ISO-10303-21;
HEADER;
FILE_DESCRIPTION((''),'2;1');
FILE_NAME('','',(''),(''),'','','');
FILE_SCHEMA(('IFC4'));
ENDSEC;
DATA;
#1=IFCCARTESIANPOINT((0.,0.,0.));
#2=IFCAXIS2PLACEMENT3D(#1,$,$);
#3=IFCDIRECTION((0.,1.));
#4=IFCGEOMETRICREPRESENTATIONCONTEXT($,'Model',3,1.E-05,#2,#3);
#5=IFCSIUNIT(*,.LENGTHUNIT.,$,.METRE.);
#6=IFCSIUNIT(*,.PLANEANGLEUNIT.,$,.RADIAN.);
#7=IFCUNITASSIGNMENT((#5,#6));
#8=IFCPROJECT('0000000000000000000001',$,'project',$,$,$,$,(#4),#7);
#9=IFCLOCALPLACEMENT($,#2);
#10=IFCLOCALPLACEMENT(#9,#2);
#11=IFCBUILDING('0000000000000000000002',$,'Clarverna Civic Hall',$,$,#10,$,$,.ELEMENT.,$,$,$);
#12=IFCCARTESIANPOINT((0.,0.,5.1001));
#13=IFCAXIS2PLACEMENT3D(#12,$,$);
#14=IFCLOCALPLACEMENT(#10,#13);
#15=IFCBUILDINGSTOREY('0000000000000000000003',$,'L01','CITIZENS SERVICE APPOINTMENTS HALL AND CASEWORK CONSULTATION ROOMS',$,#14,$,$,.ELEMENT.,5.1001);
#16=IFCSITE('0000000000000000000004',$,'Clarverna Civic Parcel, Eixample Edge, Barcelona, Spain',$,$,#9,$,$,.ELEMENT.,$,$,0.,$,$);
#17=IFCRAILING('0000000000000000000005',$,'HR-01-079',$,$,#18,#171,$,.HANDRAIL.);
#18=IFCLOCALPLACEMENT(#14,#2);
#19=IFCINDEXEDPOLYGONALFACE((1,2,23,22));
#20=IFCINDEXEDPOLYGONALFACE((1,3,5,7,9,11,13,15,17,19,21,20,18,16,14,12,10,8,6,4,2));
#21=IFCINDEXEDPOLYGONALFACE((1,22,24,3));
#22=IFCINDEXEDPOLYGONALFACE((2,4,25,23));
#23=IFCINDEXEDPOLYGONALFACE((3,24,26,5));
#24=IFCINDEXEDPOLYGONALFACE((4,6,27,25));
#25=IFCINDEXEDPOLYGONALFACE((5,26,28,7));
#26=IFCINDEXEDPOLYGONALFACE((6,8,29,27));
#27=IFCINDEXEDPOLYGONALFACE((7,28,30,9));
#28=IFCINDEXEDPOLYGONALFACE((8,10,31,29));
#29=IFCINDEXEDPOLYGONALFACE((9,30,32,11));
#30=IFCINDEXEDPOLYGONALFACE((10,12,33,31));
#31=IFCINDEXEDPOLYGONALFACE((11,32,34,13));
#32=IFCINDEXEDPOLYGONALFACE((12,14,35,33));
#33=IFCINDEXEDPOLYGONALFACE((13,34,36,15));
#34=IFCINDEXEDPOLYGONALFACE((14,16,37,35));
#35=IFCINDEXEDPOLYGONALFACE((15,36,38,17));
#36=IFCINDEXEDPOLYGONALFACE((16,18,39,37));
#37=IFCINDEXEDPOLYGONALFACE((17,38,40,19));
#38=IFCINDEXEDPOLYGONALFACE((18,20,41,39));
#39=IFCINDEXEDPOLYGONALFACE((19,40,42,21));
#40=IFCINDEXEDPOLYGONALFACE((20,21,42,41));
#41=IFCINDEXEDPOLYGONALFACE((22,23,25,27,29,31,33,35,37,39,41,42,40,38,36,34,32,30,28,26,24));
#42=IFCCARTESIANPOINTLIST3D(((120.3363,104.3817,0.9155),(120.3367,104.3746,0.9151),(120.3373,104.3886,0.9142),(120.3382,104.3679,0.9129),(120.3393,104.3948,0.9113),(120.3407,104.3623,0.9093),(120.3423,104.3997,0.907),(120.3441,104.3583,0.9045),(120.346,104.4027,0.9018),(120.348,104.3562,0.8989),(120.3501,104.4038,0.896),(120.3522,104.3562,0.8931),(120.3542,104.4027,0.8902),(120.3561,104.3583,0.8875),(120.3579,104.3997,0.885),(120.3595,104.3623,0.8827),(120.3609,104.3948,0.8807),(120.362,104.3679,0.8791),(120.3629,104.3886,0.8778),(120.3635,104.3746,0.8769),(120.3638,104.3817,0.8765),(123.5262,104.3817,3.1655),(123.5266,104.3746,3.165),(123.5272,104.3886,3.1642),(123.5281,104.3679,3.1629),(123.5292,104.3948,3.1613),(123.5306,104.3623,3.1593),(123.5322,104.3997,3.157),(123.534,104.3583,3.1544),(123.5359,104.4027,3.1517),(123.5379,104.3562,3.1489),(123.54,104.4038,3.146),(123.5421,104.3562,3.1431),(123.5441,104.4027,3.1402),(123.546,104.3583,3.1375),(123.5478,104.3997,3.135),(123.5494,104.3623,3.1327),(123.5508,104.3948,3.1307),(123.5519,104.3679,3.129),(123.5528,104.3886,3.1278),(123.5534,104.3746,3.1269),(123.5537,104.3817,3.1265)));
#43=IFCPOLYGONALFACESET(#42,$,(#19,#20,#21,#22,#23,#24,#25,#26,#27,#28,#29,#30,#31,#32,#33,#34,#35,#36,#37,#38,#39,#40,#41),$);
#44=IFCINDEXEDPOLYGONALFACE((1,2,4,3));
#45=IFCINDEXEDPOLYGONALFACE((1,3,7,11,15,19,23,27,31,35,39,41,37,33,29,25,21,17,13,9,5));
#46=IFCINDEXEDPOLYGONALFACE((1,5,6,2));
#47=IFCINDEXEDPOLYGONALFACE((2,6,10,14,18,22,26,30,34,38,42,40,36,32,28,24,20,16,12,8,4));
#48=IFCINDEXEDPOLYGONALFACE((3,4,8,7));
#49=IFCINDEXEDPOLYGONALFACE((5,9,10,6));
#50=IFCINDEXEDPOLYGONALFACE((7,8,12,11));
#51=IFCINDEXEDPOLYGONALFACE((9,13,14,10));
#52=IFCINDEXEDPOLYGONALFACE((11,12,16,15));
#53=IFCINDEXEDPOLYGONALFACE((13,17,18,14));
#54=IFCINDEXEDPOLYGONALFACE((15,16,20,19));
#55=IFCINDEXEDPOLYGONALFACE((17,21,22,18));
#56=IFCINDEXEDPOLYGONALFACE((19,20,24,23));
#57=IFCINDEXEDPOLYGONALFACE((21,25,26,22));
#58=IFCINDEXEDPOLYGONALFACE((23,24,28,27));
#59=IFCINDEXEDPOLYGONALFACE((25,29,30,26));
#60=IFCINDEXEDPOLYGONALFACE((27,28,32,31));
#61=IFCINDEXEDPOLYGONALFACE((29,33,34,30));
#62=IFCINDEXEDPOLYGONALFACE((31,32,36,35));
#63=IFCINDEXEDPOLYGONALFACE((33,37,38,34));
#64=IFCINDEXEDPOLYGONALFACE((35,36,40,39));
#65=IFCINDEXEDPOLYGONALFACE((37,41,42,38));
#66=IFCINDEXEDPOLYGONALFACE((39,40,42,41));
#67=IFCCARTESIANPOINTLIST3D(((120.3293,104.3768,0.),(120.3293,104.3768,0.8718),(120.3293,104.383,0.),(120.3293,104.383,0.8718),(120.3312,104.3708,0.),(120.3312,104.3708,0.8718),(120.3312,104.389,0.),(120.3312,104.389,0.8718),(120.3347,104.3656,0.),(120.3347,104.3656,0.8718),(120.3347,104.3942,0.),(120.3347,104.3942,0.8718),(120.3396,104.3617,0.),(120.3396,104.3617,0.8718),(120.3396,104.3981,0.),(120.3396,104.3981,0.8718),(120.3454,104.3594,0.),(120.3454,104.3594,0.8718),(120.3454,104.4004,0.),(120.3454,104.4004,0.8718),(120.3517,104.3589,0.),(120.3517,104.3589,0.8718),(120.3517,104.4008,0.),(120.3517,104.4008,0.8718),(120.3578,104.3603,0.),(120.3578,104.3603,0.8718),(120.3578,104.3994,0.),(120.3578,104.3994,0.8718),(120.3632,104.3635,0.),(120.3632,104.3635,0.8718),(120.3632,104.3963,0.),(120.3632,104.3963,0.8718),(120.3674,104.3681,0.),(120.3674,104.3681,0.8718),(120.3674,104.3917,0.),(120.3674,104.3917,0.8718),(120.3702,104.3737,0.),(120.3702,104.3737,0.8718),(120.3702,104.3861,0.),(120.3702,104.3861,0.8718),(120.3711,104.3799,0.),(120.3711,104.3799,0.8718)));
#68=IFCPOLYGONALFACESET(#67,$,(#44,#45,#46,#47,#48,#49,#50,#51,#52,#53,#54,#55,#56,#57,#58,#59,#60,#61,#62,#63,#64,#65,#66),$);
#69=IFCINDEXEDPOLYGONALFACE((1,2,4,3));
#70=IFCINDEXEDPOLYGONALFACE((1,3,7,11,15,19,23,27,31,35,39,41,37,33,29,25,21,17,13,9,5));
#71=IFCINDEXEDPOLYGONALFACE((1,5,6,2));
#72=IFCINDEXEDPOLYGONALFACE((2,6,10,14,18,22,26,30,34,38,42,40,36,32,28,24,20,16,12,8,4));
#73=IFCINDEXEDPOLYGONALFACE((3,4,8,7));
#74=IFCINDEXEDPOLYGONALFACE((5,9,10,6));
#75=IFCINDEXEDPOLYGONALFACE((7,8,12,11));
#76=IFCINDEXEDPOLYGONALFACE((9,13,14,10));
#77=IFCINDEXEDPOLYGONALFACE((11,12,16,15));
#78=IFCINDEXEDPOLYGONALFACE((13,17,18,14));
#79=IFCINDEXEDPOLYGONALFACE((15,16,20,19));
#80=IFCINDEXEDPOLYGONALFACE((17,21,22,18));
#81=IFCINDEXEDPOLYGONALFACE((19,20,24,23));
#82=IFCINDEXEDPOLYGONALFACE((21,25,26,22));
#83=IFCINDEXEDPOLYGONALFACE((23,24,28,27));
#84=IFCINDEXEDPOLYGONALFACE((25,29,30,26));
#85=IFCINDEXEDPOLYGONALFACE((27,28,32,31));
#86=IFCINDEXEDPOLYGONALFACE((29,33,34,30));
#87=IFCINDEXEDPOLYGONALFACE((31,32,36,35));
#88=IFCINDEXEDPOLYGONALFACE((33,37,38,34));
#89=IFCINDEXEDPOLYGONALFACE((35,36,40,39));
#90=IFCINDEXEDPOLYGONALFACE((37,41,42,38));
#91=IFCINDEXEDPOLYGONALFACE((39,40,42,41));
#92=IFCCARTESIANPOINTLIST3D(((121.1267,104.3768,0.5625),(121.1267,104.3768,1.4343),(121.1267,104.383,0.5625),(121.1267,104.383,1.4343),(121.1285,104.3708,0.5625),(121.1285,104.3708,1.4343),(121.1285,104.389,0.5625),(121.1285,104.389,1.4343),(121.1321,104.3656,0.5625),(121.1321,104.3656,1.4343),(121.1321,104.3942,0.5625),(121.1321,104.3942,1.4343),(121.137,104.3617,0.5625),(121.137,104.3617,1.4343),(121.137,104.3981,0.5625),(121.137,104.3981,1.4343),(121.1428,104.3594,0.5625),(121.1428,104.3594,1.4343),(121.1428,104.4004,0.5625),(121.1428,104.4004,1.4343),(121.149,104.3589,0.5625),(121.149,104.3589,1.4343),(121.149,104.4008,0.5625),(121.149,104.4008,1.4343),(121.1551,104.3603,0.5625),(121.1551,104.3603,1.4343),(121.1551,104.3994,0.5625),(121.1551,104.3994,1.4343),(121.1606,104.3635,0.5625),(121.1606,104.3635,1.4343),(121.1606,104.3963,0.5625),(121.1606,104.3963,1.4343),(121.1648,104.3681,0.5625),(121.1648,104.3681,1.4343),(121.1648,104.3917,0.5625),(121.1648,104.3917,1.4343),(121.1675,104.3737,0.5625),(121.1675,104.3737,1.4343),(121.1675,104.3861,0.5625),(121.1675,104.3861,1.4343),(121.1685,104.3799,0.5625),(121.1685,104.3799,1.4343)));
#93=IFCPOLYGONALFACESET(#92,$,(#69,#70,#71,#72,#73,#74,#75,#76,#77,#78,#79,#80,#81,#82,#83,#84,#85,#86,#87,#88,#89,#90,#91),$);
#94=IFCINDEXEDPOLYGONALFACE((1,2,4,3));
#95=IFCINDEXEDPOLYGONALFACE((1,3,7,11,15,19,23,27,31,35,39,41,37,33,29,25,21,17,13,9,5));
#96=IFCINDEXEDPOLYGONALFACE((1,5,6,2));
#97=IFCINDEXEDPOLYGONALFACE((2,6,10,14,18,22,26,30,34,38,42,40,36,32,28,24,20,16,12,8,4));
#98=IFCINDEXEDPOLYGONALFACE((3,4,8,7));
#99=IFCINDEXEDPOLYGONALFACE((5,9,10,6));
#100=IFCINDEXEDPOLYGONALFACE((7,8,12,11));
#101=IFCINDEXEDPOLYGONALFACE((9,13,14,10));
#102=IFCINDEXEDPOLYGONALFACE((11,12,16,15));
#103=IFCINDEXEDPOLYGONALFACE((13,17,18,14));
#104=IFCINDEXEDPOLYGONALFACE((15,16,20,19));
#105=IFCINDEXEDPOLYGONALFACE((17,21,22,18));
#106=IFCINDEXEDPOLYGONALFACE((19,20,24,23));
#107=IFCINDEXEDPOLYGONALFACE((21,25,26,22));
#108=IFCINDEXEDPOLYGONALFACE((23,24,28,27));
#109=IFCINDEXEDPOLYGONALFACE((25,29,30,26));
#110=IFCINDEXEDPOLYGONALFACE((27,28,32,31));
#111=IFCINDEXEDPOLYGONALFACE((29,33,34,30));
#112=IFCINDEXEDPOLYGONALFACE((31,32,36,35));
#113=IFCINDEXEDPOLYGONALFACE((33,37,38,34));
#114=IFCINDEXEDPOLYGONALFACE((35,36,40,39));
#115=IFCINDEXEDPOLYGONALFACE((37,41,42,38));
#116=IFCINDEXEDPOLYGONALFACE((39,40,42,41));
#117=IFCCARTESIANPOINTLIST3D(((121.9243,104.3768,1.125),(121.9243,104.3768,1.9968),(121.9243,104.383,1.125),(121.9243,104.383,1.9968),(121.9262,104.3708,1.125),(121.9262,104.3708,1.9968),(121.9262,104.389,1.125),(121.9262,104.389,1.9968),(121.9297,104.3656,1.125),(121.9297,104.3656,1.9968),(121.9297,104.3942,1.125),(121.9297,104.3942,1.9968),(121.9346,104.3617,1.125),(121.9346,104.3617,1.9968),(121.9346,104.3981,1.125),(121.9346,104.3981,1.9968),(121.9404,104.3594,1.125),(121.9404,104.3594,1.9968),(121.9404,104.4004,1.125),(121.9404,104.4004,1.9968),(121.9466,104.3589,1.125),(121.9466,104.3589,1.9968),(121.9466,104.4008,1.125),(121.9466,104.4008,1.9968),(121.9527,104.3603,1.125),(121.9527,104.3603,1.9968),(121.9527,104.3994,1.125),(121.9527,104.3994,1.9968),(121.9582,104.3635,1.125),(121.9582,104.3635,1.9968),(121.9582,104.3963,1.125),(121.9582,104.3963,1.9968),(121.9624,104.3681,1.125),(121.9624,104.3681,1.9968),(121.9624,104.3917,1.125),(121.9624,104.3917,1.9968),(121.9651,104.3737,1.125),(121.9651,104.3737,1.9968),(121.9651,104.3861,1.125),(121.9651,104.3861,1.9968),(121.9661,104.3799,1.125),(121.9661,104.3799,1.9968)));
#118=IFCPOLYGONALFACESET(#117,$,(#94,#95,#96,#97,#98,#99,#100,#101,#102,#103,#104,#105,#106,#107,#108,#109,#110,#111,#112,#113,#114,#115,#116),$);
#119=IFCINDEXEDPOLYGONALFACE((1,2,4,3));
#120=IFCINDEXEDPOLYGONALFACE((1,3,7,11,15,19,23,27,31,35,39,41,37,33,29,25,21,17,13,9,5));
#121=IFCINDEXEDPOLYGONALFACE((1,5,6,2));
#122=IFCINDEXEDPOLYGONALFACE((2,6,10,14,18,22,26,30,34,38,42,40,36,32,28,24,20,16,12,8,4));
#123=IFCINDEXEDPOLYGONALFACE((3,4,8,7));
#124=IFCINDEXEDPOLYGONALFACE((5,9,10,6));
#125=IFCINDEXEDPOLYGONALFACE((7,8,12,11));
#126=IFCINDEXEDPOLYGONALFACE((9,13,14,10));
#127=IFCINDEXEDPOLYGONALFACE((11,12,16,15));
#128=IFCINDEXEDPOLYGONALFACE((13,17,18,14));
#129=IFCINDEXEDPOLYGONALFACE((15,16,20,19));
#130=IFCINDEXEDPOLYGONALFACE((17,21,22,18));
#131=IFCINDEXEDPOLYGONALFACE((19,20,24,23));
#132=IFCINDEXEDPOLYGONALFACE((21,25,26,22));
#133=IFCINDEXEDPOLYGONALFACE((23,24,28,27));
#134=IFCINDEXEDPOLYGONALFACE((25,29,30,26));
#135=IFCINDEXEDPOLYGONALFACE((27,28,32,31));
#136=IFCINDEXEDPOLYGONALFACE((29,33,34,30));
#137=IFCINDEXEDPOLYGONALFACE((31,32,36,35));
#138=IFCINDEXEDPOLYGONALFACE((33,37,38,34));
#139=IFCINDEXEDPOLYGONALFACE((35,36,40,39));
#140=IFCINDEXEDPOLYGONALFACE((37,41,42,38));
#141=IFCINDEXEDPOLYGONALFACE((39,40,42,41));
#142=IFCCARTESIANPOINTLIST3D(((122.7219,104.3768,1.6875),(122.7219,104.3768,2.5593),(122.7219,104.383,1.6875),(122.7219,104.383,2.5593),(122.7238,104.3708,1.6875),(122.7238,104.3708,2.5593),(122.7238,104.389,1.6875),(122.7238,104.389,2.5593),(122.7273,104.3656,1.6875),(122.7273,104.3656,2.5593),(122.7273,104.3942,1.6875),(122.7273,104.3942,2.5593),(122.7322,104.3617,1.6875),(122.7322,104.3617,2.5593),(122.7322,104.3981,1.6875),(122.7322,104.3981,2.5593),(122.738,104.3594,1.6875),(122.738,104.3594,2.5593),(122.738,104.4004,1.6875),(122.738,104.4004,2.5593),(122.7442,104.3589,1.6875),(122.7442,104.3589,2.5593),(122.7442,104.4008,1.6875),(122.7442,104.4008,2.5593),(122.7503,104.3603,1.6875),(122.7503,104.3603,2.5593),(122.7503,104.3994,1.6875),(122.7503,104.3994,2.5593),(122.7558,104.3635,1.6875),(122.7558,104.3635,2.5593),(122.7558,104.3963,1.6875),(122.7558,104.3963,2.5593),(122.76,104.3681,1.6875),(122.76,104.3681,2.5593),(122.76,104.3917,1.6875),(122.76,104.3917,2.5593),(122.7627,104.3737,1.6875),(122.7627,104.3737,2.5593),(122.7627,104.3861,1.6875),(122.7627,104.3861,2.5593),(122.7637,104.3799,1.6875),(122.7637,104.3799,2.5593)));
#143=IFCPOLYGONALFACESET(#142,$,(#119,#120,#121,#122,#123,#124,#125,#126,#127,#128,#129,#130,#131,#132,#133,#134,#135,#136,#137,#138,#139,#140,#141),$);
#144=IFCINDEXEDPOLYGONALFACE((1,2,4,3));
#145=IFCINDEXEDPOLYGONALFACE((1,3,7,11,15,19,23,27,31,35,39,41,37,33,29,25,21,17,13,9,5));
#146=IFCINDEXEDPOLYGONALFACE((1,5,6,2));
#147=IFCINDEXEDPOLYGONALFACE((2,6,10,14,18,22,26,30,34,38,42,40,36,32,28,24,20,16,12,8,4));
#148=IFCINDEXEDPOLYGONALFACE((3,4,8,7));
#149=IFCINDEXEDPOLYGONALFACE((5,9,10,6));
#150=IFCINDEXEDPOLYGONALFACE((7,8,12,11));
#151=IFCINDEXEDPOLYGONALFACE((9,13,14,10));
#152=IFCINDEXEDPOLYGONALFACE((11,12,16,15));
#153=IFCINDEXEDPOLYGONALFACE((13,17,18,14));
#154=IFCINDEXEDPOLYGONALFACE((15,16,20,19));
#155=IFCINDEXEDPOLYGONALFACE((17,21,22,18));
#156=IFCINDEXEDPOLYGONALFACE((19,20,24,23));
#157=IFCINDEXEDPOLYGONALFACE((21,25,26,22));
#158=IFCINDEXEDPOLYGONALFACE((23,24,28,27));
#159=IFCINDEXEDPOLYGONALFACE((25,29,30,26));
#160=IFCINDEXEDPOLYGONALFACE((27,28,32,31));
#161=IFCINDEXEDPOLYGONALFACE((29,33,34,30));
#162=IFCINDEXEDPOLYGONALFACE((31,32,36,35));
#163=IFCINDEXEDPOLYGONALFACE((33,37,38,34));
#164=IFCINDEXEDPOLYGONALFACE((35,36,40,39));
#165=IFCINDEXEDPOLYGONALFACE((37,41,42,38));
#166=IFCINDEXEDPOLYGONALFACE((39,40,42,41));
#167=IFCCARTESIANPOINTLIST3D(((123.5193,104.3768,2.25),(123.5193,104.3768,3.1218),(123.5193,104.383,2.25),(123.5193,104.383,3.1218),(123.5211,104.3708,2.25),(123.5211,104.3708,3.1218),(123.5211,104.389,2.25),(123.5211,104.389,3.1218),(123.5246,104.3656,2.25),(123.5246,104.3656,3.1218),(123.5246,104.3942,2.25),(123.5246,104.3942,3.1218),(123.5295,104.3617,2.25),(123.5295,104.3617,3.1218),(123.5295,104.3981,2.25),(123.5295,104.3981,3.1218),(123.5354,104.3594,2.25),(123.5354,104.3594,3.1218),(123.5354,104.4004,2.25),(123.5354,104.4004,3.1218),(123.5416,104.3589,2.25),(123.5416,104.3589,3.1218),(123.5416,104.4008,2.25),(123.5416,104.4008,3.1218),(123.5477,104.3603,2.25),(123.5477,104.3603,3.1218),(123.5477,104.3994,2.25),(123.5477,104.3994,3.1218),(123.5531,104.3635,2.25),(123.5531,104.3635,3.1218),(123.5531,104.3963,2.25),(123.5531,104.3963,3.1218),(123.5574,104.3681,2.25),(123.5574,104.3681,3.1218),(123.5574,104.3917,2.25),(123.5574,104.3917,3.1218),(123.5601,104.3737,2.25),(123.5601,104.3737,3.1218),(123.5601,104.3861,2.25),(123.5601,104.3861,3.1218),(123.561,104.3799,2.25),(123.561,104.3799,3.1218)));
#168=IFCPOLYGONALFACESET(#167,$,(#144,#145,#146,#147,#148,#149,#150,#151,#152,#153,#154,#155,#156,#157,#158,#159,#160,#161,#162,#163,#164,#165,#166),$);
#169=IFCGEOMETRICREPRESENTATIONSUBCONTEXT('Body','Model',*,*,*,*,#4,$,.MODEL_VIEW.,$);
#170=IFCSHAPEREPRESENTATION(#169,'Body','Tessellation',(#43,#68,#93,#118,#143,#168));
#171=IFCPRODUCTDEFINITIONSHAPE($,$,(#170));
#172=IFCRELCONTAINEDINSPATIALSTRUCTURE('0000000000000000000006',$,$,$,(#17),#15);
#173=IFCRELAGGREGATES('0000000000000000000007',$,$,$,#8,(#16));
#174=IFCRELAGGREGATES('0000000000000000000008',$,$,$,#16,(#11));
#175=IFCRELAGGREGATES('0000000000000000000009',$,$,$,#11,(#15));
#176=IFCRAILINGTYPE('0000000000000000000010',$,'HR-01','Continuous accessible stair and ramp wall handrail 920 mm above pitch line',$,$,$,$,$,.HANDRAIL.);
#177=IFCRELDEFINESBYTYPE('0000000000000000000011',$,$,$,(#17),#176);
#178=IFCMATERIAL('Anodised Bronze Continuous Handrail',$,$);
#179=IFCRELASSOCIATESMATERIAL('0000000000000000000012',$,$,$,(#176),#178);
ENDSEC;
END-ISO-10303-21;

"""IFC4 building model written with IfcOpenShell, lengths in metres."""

from ifc_helpers import new_model, si_unit, direction, frame, origin, origin_2d, place, context, subcontext, project, spatial, circle, extrude, material, type_object, element, save


model = new_model("IFC4")

# Units and contexts
model_context = context("Model", 3, precision=1e-05, world=origin(), true_north=direction((0.0, 1.0)))
body_context = subcontext(model_context, "Body", "Model", "MODEL_VIEW")
ifc_project = project(units=[si_unit("LENGTHUNIT", "METRE"), si_unit("PLANEANGLEUNIT", "RADIAN")], contexts=[model_context])

# Site, building, storey
site_placement = place(None, origin())
site = spatial("IfcSite", under=ifc_project, at=site_placement, Name="Clarverna Civic Parcel, Eixample Edge, Barcelona, Spain", CompositionType="ELEMENT", RefElevation=0.0)
building_placement = place(site_placement, origin())
building = spatial("IfcBuilding", under=site, at=building_placement, Name="Clarverna Civic Hall", CompositionType="ELEMENT")
storey_placement = place(building_placement, frame((0.0, 0.0, 5.1001)))
storey = spatial("IfcBuildingStorey", under=building, at=storey_placement, Name="L01", Description="CITIZENS SERVICE APPOINTMENTS HALL AND CASEWORK CONSULTATION ROOMS", CompositionType="ELEMENT", Elevation=5.1001)

# Railing
ifc_material_1 = material(Name="Anodised Bronze Continuous Handrail")
railing_type_1 = type_object("IfcRailingType", Name="HR-01", Description="Continuous accessible stair and ramp wall handrail 920 mm above pitch line", PredefinedType="HANDRAIL", material=ifc_material_1)
railing_1_placement = place(storey_placement, frame((120.3501, 104.3799, 0.0)))
element("IfcRailing", 1, at=railing_1_placement, inside=storey, type_object=railing_type_1, Name="HR-01-079", PredefinedType="HANDRAIL", context=body_context, shape_type="SweptSolid", body=[
    extrude(circle(Radius=0.0239, at=origin_2d()), frame((0.0, 0.0, 0.896), z_axis=(0.817176, 0.0, 0.576389), x_axis=(0.0, 1.0, 0.0)), (0.0, 0.0, 1.0), 3.9036),
    extrude(circle(Radius=0.021, at=origin_2d()), origin(), (0.0, 0.0, 1.0), 0.8718),
    extrude(circle(Radius=0.021, at=origin_2d()), frame((0.7974, 0.0, 0.5625)), (0.0, 0.0, 1.0), 0.8718),
    extrude(circle(Radius=0.021, at=origin_2d()), frame((1.595, 0.0, 1.125)), (0.0, 0.0, 1.0), 0.8718),
    extrude(circle(Radius=0.021, at=origin_2d()), frame((2.3926, 0.0, 1.6875)), (0.0, 0.0, 1.0), 0.8718),
    extrude(circle(Radius=0.021, at=origin_2d()), frame((3.1899, 0.0, 2.25)), (0.0, 0.0, 1.0), 0.8718),
])

save(model, "model.ifc")
